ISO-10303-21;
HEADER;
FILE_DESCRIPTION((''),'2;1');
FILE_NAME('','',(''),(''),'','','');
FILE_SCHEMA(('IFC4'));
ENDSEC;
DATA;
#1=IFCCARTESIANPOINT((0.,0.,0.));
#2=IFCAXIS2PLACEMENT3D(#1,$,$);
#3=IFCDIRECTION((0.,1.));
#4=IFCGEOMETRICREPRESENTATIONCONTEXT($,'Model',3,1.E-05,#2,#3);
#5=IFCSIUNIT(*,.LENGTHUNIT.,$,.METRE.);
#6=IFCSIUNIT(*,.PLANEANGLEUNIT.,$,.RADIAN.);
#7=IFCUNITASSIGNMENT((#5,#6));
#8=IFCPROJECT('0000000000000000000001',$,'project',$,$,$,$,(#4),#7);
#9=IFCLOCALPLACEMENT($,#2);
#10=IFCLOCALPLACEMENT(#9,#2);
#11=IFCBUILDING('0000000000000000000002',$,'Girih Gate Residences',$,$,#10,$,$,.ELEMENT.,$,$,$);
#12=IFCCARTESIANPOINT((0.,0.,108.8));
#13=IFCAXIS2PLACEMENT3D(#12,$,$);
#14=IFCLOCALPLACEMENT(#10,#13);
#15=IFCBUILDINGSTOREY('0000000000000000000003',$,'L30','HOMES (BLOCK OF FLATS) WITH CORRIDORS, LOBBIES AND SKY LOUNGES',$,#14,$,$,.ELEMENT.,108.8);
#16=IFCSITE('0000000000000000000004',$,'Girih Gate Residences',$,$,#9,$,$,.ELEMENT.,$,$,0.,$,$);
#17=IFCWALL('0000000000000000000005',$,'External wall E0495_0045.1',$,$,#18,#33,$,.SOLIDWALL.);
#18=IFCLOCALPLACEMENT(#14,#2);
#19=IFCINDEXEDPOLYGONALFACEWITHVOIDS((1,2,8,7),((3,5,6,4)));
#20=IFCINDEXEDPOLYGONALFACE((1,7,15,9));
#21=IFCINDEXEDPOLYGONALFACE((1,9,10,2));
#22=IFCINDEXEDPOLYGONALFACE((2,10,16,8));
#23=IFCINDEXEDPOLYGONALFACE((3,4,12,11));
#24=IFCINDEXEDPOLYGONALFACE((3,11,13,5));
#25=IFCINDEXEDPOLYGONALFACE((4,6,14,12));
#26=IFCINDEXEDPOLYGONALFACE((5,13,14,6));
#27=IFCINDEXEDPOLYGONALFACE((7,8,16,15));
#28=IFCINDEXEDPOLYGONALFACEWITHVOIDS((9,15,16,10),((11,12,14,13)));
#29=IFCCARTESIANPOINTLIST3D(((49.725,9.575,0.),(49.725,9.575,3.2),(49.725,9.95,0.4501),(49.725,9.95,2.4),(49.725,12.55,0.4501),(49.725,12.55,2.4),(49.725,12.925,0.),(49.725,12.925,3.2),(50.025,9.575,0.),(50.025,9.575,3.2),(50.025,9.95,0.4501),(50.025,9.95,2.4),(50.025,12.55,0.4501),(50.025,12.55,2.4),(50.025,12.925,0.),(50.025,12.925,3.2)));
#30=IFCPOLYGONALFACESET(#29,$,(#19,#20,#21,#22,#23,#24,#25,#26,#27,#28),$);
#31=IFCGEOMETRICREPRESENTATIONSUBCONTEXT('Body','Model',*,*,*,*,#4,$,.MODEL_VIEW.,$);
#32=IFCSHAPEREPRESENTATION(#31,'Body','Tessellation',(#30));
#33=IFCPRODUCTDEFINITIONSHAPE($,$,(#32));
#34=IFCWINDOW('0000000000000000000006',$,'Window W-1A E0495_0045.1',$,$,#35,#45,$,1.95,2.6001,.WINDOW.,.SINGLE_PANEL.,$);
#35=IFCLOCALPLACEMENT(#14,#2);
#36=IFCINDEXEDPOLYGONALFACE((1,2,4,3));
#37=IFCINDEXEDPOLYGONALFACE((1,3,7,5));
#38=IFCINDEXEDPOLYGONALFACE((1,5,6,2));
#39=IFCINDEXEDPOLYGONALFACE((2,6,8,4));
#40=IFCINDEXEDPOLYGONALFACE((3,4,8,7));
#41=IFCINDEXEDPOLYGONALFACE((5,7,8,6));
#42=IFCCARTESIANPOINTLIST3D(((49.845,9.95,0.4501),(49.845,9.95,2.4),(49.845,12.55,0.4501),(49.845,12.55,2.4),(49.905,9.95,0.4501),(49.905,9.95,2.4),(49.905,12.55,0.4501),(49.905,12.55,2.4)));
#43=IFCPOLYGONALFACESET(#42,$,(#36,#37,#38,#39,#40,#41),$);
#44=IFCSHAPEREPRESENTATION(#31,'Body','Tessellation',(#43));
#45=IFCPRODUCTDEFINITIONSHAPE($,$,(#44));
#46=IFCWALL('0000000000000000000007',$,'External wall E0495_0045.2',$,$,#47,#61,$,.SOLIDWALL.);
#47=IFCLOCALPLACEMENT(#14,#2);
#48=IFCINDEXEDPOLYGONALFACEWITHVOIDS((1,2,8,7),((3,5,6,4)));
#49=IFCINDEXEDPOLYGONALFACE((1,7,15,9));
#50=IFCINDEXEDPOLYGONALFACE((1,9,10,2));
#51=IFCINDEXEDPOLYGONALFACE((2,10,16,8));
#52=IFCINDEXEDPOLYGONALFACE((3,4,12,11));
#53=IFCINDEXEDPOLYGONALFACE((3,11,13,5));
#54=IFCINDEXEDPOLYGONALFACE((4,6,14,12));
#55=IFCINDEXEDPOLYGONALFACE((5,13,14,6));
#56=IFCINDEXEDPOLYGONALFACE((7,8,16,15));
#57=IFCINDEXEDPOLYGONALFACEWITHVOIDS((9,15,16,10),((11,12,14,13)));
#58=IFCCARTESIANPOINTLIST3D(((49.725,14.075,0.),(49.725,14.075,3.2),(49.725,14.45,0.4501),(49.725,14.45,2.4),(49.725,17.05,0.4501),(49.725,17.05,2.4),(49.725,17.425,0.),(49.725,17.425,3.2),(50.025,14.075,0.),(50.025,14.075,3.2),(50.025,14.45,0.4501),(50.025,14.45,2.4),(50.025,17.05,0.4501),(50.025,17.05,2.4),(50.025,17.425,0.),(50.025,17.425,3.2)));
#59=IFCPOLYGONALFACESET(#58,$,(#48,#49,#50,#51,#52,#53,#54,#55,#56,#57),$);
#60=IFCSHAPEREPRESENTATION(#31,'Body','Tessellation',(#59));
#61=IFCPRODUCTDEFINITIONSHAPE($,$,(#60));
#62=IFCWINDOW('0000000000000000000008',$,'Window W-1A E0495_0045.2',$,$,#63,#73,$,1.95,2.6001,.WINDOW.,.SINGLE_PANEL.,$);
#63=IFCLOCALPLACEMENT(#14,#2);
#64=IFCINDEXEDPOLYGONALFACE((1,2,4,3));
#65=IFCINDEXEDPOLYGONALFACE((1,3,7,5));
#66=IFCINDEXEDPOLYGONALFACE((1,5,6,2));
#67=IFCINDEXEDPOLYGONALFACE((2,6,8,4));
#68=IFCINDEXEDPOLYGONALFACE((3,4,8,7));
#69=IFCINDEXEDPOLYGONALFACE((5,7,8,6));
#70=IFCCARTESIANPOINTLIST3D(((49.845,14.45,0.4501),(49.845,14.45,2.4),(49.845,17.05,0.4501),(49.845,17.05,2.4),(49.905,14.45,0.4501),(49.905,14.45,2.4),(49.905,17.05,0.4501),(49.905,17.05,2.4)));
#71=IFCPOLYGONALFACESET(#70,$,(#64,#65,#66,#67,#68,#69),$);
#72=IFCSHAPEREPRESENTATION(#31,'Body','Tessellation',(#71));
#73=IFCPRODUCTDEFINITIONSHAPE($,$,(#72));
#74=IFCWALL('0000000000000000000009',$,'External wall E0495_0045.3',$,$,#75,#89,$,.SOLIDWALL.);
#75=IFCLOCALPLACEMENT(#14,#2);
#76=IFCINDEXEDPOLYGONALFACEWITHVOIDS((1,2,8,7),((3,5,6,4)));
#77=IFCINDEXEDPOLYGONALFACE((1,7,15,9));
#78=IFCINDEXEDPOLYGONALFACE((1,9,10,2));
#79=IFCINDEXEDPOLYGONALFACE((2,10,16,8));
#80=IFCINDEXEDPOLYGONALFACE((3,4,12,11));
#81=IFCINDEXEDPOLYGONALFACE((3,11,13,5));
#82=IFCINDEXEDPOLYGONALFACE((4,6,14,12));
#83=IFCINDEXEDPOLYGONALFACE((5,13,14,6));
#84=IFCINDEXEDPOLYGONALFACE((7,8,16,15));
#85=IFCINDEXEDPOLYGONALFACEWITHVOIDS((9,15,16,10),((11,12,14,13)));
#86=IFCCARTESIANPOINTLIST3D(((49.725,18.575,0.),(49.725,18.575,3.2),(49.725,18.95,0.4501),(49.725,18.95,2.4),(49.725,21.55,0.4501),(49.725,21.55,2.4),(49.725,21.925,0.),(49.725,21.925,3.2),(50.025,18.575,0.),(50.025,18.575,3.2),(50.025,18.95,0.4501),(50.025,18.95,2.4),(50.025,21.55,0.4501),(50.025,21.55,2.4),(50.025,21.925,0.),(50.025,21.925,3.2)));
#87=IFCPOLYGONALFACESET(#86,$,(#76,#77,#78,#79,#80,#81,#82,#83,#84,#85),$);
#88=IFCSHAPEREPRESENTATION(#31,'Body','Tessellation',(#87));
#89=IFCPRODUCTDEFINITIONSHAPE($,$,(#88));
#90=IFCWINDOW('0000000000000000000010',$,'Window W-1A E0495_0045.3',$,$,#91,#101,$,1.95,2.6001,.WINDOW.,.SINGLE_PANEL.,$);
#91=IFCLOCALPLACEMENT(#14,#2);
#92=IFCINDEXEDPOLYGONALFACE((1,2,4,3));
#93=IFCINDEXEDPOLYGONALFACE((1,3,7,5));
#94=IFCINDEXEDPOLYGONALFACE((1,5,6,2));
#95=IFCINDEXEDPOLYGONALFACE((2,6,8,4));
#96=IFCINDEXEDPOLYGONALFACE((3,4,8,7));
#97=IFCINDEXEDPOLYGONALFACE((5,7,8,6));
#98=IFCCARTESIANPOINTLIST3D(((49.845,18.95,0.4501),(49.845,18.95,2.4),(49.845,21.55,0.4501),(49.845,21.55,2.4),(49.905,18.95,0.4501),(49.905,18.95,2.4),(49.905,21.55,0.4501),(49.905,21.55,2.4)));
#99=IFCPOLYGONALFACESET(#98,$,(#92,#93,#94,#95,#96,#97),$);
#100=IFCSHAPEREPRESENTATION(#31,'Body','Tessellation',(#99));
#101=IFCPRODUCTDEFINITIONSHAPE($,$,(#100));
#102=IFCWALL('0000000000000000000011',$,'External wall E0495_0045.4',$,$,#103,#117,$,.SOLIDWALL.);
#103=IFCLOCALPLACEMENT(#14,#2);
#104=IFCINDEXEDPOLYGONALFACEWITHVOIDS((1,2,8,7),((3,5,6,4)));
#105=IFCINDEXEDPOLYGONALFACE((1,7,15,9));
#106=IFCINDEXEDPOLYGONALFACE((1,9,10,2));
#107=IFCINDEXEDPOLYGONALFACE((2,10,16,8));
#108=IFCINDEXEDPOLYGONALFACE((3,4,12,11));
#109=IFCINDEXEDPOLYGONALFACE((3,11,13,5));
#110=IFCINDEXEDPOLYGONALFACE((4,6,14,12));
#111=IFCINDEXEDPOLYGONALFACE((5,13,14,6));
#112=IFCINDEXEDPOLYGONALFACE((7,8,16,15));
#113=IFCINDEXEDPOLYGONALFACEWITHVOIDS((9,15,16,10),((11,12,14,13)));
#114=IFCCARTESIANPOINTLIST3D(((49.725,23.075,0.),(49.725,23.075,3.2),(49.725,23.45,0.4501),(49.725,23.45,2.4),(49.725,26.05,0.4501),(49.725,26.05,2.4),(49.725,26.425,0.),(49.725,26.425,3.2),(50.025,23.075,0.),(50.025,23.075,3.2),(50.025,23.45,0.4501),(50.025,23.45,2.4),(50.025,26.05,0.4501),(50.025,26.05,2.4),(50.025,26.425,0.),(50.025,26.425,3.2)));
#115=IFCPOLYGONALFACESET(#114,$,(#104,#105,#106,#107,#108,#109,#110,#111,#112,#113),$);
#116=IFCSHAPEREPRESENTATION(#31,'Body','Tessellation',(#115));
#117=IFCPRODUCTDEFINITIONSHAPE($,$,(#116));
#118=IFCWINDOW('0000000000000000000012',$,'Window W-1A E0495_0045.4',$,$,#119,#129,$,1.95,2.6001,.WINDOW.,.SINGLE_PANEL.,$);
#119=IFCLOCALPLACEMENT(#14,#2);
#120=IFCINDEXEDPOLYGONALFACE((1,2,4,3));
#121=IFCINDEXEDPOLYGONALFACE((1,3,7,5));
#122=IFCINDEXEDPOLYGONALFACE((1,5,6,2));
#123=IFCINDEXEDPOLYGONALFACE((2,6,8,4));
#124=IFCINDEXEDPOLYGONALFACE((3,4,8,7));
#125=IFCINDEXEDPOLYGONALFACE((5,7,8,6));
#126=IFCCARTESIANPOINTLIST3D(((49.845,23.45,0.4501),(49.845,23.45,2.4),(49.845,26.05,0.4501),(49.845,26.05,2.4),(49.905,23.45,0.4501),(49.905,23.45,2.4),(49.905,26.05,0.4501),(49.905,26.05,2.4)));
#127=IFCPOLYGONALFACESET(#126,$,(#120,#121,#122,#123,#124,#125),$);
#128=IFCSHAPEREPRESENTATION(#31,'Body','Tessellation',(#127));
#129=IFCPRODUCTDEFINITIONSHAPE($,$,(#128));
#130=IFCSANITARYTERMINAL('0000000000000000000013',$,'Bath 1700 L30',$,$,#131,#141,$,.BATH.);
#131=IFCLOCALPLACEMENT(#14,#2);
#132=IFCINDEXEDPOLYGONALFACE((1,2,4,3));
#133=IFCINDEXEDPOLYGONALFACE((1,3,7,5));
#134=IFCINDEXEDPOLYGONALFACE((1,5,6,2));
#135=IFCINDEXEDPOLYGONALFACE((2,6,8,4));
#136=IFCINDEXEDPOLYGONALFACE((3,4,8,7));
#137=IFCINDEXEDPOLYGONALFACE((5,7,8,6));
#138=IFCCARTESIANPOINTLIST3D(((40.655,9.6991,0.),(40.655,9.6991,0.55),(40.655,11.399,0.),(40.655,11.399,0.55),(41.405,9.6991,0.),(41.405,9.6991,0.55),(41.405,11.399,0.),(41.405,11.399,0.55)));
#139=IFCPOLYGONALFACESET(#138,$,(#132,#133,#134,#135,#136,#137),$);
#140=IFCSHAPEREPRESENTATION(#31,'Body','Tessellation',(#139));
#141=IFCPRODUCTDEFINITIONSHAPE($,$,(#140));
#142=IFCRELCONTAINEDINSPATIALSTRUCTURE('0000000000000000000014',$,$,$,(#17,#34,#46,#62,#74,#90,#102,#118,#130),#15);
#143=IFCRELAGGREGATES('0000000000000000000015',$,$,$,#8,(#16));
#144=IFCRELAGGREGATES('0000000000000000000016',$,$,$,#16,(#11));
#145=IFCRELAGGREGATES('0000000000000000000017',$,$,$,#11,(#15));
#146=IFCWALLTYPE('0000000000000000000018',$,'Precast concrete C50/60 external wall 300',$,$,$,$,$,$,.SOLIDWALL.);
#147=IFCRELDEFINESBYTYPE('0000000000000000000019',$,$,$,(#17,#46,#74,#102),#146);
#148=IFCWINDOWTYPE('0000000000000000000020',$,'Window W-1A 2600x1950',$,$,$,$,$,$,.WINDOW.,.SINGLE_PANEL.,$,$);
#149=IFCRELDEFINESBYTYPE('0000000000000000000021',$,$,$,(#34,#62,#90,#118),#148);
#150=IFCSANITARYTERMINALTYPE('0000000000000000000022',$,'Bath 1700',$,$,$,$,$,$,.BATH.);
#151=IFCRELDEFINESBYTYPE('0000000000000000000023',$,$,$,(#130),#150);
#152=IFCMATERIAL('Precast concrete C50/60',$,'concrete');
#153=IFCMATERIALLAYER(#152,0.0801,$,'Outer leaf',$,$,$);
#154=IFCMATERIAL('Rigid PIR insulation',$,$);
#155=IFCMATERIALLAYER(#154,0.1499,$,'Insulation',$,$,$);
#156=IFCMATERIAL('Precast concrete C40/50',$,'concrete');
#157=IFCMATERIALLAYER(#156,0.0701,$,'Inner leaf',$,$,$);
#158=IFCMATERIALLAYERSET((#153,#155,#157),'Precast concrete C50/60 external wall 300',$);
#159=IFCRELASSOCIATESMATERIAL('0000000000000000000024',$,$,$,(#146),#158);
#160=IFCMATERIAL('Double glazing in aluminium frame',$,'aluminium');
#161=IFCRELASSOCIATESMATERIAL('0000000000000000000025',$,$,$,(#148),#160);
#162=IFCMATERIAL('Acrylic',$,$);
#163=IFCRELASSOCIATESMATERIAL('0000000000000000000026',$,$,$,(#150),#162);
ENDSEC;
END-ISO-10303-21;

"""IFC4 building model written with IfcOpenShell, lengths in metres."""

from ifc_helpers import new_model, si_unit, direction, frame, frame_2d, origin, origin_2d, place, context, subcontext, project, spatial, rectangle, extrude, material, layer, layer_set, type_object, element, fill, save


model = new_model("IFC4")

# Units and contexts
model_context = context("Model", 3, precision=1e-05, world=origin(), true_north=direction((0.0, 1.0)))
body_context = subcontext(model_context, "Body", "Model", "MODEL_VIEW")
ifc_project = project(units=[si_unit("LENGTHUNIT", "METRE"), si_unit("PLANEANGLEUNIT", "RADIAN")], contexts=[model_context])

# Site, building, storey
site_placement = place(None, origin())
site = spatial("IfcSite", under=ifc_project, at=site_placement, Name="Girih Gate Residences", CompositionType="ELEMENT", RefElevation=0.0)
building_placement = place(site_placement, origin())
building = spatial("IfcBuilding", under=site, at=building_placement, Name="Girih Gate Residences", CompositionType="ELEMENT")
storey_placement = place(building_placement, frame((0.0, 0.0, 108.8)))
storey = spatial("IfcBuildingStorey", under=building, at=storey_placement, Name="L30", Description="HOMES (BLOCK OF FLATS) WITH CORRIDORS, LOBBIES AND SKY LOUNGES", CompositionType="ELEMENT", Elevation=108.8)

# Walls, openings, windows
ifc_material_1 = material(Name="Precast concrete C50/60", Category="concrete")
ifc_layer_1 = layer(ifc_material_1, 0.0801, Name="Outer leaf")
ifc_material_2 = material(Name="Rigid PIR insulation")
ifc_layer_2 = layer(ifc_material_2, 0.1499, Name="Insulation")
ifc_material_3 = material(Name="Precast concrete C40/50", Category="concrete")
ifc_layer_3 = layer(ifc_material_3, 0.0701, Name="Inner leaf")
ifc_layer_set_1 = layer_set([ifc_layer_1, ifc_layer_2, ifc_layer_3], Name="Precast concrete C50/60 external wall 300")
wall_type_1 = type_object("IfcWallType", Name="Precast concrete C50/60 external wall 300", PredefinedType="SOLIDWALL", material=ifc_layer_set_1)
wall_1_placement = place(storey_placement, frame((49.875, 12.925, 0.0), z_axis=(0.0, 0.0, 1.0), x_axis=(0.0, -1.0, 0.0)))
wall_1 = element("IfcWall", 1, at=wall_1_placement, inside=storey, type_object=wall_type_1, Name="External wall E0495_0045.1", PredefinedType="SOLIDWALL", context=body_context, shape_type="SweptSolid", body=[
    extrude(rectangle(XDim=3.3501, YDim=0.3, at=frame_2d((1.675, 0.0))), origin(), (0.0, 0.0, 1.0), 3.2),
])
opening_1_placement = place(wall_1_placement, frame((0.375, 0.0, 0.45)))
opening_1 = element("IfcOpeningElement", 2, at=opening_1_placement, cuts=wall_1, PredefinedType="OPENING", context=body_context, shape_type="SweptSolid", body=[
    extrude(rectangle(XDim=2.6001, YDim=1.95, at=frame_2d((1.3, 0.9751))), frame((0.0, 0.1599, 0.0), z_axis=(0.0, -1.0, 0.0), x_axis=(1.0, 0.0, 0.0)), (0.0, 0.0, 1.0), 0.3201),
])
ifc_material_4 = material(Name="Double glazing in aluminium frame", Category="aluminium")
window_type = type_object("IfcWindowType", Name="Window W-1A 2600x1950", PartitioningType="SINGLE_PANEL", PredefinedType="WINDOW", material=ifc_material_4)
window_1_placement = place(opening_1_placement, origin())
window_1 = element("IfcWindow", 3, at=window_1_placement, inside=storey, type_object=window_type, Name="Window W-1A E0495_0045.1", OverallHeight=1.95, OverallWidth=2.6001, PartitioningType="SINGLE_PANEL", PredefinedType="WINDOW", context=body_context, shape_type="SweptSolid", body=[
    extrude(rectangle(XDim=2.6001, YDim=1.95, at=frame_2d((1.3, 0.9751))), frame((0.0, 0.03, 0.0), z_axis=(0.0, -1.0, 0.0), x_axis=(1.0, 0.0, 0.0)), (0.0, 0.0, 1.0), 0.0601),
])
fill(opening_1, window_1)
wall_2_placement = place(storey_placement, frame((49.875, 17.425, 0.0), z_axis=(0.0, 0.0, 1.0), x_axis=(0.0, -1.0, 0.0)))
wall_2 = element("IfcWall", 4, at=wall_2_placement, inside=storey, type_object=wall_type_1, Name="External wall E0495_0045.2", PredefinedType="SOLIDWALL", context=body_context, shape_type="SweptSolid", body=[
    extrude(rectangle(XDim=3.3501, YDim=0.3, at=frame_2d((1.675, 0.0))), origin(), (0.0, 0.0, 1.0), 3.2),
])
opening_2_placement = place(wall_2_placement, frame((0.375, 0.0, 0.45)))
opening_2 = element("IfcOpeningElement", 5, at=opening_2_placement, cuts=wall_2, PredefinedType="OPENING", context=body_context, shape_type="SweptSolid", body=[
    extrude(rectangle(XDim=2.6001, YDim=1.95, at=frame_2d((1.3, 0.9751))), frame((0.0, 0.1599, 0.0), z_axis=(0.0, -1.0, 0.0), x_axis=(1.0, 0.0, 0.0)), (0.0, 0.0, 1.0), 0.3201),
])
window_2_placement = place(opening_2_placement, origin())
window_2 = element("IfcWindow", 6, at=window_2_placement, inside=storey, type_object=window_type, Name="Window W-1A E0495_0045.2", OverallHeight=1.95, OverallWidth=2.6001, PartitioningType="SINGLE_PANEL", PredefinedType="WINDOW", context=body_context, shape_type="SweptSolid", body=[
    extrude(rectangle(XDim=2.6001, YDim=1.95, at=frame_2d((1.3, 0.9751))), frame((0.0, 0.03, 0.0), z_axis=(0.0, -1.0, 0.0), x_axis=(1.0, 0.0, 0.0)), (0.0, 0.0, 1.0), 0.0601),
])
fill(opening_2, window_2)
wall_3_placement = place(storey_placement, frame((49.875, 21.925, 0.0), z_axis=(0.0, 0.0, 1.0), x_axis=(0.0, -1.0, 0.0)))
wall_3 = element("IfcWall", 7, at=wall_3_placement, inside=storey, type_object=wall_type_1, Name="External wall E0495_0045.3", PredefinedType="SOLIDWALL", context=body_context, shape_type="SweptSolid", body=[
    extrude(rectangle(XDim=3.3501, YDim=0.3, at=frame_2d((1.675, 0.0))), origin(), (0.0, 0.0, 1.0), 3.2),
])
opening_3_placement = place(wall_3_placement, frame((0.375, 0.0, 0.45)))
opening_3 = element("IfcOpeningElement", 8, at=opening_3_placement, cuts=wall_3, PredefinedType="OPENING", context=body_context, shape_type="SweptSolid", body=[
    extrude(rectangle(XDim=2.6001, YDim=1.95, at=frame_2d((1.3, 0.9751))), frame((0.0, 0.1599, 0.0), z_axis=(0.0, -1.0, 0.0), x_axis=(1.0, 0.0, 0.0)), (0.0, 0.0, 1.0), 0.3201),
])
window_3_placement = place(opening_3_placement, origin())
window_3 = element("IfcWindow", 9, at=window_3_placement, inside=storey, type_object=window_type, Name="Window W-1A E0495_0045.3", OverallHeight=1.95, OverallWidth=2.6001, PartitioningType="SINGLE_PANEL", PredefinedType="WINDOW", context=body_context, shape_type="SweptSolid", body=[
    extrude(rectangle(XDim=2.6001, YDim=1.95, at=frame_2d((1.3, 0.9751))), frame((0.0, 0.03, 0.0), z_axis=(0.0, -1.0, 0.0), x_axis=(1.0, 0.0, 0.0)), (0.0, 0.0, 1.0), 0.0601),
])
fill(opening_3, window_3)
wall_4_placement = place(storey_placement, frame((49.875, 26.425, 0.0), z_axis=(0.0, 0.0, 1.0), x_axis=(0.0, -1.0, 0.0)))
wall_4 = element("IfcWall", 10, at=wall_4_placement, inside=storey, type_object=wall_type_1, Name="External wall E0495_0045.4", PredefinedType="SOLIDWALL", context=body_context, shape_type="SweptSolid", body=[
    extrude(rectangle(XDim=3.3501, YDim=0.3, at=frame_2d((1.675, 0.0))), origin(), (0.0, 0.0, 1.0), 3.2),
])
opening_4_placement = place(wall_4_placement, frame((0.375, 0.0, 0.45)))
opening_4 = element("IfcOpeningElement", 11, at=opening_4_placement, cuts=wall_4, PredefinedType="OPENING", context=body_context, shape_type="SweptSolid", body=[
    extrude(rectangle(XDim=2.6001, YDim=1.95, at=frame_2d((1.3, 0.9751))), frame((0.0, 0.1599, 0.0), z_axis=(0.0, -1.0, 0.0), x_axis=(1.0, 0.0, 0.0)), (0.0, 0.0, 1.0), 0.3201),
])
window_4_placement = place(opening_4_placement, origin())
window_4 = element("IfcWindow", 12, at=window_4_placement, inside=storey, type_object=window_type, Name="Window W-1A E0495_0045.4", OverallHeight=1.95, OverallWidth=2.6001, PartitioningType="SINGLE_PANEL", PredefinedType="WINDOW", context=body_context, shape_type="SweptSolid", body=[
    extrude(rectangle(XDim=2.6001, YDim=1.95, at=frame_2d((1.3, 0.9751))), frame((0.0, 0.03, 0.0), z_axis=(0.0, -1.0, 0.0), x_axis=(1.0, 0.0, 0.0)), (0.0, 0.0, 1.0), 0.0601),
])
fill(opening_4, window_4)

# Sanitary terminal
ifc_material_5 = material(Name="Acrylic")
sanitary_terminal_type = type_object("IfcSanitaryTerminalType", Name="Bath 1700", PredefinedType="BATH", material=ifc_material_5)
sanitary_terminal_placement = place(storey_placement, frame((41.03, 10.5491, 0.0), z_axis=(0.0, 0.0, 1.0), x_axis=(1.0, 0.0, 0.0)))
element("IfcSanitaryTerminal", 13, at=sanitary_terminal_placement, inside=storey, type_object=sanitary_terminal_type, Name="Bath 1700 L30", PredefinedType="BATH", context=body_context, shape_type="SweptSolid", body=[
    extrude(rectangle(XDim=0.75, YDim=1.7, at=origin_2d()), origin(), (0.0, 0.0, 1.0), 0.55),
])

save(model, "model.ifc")
